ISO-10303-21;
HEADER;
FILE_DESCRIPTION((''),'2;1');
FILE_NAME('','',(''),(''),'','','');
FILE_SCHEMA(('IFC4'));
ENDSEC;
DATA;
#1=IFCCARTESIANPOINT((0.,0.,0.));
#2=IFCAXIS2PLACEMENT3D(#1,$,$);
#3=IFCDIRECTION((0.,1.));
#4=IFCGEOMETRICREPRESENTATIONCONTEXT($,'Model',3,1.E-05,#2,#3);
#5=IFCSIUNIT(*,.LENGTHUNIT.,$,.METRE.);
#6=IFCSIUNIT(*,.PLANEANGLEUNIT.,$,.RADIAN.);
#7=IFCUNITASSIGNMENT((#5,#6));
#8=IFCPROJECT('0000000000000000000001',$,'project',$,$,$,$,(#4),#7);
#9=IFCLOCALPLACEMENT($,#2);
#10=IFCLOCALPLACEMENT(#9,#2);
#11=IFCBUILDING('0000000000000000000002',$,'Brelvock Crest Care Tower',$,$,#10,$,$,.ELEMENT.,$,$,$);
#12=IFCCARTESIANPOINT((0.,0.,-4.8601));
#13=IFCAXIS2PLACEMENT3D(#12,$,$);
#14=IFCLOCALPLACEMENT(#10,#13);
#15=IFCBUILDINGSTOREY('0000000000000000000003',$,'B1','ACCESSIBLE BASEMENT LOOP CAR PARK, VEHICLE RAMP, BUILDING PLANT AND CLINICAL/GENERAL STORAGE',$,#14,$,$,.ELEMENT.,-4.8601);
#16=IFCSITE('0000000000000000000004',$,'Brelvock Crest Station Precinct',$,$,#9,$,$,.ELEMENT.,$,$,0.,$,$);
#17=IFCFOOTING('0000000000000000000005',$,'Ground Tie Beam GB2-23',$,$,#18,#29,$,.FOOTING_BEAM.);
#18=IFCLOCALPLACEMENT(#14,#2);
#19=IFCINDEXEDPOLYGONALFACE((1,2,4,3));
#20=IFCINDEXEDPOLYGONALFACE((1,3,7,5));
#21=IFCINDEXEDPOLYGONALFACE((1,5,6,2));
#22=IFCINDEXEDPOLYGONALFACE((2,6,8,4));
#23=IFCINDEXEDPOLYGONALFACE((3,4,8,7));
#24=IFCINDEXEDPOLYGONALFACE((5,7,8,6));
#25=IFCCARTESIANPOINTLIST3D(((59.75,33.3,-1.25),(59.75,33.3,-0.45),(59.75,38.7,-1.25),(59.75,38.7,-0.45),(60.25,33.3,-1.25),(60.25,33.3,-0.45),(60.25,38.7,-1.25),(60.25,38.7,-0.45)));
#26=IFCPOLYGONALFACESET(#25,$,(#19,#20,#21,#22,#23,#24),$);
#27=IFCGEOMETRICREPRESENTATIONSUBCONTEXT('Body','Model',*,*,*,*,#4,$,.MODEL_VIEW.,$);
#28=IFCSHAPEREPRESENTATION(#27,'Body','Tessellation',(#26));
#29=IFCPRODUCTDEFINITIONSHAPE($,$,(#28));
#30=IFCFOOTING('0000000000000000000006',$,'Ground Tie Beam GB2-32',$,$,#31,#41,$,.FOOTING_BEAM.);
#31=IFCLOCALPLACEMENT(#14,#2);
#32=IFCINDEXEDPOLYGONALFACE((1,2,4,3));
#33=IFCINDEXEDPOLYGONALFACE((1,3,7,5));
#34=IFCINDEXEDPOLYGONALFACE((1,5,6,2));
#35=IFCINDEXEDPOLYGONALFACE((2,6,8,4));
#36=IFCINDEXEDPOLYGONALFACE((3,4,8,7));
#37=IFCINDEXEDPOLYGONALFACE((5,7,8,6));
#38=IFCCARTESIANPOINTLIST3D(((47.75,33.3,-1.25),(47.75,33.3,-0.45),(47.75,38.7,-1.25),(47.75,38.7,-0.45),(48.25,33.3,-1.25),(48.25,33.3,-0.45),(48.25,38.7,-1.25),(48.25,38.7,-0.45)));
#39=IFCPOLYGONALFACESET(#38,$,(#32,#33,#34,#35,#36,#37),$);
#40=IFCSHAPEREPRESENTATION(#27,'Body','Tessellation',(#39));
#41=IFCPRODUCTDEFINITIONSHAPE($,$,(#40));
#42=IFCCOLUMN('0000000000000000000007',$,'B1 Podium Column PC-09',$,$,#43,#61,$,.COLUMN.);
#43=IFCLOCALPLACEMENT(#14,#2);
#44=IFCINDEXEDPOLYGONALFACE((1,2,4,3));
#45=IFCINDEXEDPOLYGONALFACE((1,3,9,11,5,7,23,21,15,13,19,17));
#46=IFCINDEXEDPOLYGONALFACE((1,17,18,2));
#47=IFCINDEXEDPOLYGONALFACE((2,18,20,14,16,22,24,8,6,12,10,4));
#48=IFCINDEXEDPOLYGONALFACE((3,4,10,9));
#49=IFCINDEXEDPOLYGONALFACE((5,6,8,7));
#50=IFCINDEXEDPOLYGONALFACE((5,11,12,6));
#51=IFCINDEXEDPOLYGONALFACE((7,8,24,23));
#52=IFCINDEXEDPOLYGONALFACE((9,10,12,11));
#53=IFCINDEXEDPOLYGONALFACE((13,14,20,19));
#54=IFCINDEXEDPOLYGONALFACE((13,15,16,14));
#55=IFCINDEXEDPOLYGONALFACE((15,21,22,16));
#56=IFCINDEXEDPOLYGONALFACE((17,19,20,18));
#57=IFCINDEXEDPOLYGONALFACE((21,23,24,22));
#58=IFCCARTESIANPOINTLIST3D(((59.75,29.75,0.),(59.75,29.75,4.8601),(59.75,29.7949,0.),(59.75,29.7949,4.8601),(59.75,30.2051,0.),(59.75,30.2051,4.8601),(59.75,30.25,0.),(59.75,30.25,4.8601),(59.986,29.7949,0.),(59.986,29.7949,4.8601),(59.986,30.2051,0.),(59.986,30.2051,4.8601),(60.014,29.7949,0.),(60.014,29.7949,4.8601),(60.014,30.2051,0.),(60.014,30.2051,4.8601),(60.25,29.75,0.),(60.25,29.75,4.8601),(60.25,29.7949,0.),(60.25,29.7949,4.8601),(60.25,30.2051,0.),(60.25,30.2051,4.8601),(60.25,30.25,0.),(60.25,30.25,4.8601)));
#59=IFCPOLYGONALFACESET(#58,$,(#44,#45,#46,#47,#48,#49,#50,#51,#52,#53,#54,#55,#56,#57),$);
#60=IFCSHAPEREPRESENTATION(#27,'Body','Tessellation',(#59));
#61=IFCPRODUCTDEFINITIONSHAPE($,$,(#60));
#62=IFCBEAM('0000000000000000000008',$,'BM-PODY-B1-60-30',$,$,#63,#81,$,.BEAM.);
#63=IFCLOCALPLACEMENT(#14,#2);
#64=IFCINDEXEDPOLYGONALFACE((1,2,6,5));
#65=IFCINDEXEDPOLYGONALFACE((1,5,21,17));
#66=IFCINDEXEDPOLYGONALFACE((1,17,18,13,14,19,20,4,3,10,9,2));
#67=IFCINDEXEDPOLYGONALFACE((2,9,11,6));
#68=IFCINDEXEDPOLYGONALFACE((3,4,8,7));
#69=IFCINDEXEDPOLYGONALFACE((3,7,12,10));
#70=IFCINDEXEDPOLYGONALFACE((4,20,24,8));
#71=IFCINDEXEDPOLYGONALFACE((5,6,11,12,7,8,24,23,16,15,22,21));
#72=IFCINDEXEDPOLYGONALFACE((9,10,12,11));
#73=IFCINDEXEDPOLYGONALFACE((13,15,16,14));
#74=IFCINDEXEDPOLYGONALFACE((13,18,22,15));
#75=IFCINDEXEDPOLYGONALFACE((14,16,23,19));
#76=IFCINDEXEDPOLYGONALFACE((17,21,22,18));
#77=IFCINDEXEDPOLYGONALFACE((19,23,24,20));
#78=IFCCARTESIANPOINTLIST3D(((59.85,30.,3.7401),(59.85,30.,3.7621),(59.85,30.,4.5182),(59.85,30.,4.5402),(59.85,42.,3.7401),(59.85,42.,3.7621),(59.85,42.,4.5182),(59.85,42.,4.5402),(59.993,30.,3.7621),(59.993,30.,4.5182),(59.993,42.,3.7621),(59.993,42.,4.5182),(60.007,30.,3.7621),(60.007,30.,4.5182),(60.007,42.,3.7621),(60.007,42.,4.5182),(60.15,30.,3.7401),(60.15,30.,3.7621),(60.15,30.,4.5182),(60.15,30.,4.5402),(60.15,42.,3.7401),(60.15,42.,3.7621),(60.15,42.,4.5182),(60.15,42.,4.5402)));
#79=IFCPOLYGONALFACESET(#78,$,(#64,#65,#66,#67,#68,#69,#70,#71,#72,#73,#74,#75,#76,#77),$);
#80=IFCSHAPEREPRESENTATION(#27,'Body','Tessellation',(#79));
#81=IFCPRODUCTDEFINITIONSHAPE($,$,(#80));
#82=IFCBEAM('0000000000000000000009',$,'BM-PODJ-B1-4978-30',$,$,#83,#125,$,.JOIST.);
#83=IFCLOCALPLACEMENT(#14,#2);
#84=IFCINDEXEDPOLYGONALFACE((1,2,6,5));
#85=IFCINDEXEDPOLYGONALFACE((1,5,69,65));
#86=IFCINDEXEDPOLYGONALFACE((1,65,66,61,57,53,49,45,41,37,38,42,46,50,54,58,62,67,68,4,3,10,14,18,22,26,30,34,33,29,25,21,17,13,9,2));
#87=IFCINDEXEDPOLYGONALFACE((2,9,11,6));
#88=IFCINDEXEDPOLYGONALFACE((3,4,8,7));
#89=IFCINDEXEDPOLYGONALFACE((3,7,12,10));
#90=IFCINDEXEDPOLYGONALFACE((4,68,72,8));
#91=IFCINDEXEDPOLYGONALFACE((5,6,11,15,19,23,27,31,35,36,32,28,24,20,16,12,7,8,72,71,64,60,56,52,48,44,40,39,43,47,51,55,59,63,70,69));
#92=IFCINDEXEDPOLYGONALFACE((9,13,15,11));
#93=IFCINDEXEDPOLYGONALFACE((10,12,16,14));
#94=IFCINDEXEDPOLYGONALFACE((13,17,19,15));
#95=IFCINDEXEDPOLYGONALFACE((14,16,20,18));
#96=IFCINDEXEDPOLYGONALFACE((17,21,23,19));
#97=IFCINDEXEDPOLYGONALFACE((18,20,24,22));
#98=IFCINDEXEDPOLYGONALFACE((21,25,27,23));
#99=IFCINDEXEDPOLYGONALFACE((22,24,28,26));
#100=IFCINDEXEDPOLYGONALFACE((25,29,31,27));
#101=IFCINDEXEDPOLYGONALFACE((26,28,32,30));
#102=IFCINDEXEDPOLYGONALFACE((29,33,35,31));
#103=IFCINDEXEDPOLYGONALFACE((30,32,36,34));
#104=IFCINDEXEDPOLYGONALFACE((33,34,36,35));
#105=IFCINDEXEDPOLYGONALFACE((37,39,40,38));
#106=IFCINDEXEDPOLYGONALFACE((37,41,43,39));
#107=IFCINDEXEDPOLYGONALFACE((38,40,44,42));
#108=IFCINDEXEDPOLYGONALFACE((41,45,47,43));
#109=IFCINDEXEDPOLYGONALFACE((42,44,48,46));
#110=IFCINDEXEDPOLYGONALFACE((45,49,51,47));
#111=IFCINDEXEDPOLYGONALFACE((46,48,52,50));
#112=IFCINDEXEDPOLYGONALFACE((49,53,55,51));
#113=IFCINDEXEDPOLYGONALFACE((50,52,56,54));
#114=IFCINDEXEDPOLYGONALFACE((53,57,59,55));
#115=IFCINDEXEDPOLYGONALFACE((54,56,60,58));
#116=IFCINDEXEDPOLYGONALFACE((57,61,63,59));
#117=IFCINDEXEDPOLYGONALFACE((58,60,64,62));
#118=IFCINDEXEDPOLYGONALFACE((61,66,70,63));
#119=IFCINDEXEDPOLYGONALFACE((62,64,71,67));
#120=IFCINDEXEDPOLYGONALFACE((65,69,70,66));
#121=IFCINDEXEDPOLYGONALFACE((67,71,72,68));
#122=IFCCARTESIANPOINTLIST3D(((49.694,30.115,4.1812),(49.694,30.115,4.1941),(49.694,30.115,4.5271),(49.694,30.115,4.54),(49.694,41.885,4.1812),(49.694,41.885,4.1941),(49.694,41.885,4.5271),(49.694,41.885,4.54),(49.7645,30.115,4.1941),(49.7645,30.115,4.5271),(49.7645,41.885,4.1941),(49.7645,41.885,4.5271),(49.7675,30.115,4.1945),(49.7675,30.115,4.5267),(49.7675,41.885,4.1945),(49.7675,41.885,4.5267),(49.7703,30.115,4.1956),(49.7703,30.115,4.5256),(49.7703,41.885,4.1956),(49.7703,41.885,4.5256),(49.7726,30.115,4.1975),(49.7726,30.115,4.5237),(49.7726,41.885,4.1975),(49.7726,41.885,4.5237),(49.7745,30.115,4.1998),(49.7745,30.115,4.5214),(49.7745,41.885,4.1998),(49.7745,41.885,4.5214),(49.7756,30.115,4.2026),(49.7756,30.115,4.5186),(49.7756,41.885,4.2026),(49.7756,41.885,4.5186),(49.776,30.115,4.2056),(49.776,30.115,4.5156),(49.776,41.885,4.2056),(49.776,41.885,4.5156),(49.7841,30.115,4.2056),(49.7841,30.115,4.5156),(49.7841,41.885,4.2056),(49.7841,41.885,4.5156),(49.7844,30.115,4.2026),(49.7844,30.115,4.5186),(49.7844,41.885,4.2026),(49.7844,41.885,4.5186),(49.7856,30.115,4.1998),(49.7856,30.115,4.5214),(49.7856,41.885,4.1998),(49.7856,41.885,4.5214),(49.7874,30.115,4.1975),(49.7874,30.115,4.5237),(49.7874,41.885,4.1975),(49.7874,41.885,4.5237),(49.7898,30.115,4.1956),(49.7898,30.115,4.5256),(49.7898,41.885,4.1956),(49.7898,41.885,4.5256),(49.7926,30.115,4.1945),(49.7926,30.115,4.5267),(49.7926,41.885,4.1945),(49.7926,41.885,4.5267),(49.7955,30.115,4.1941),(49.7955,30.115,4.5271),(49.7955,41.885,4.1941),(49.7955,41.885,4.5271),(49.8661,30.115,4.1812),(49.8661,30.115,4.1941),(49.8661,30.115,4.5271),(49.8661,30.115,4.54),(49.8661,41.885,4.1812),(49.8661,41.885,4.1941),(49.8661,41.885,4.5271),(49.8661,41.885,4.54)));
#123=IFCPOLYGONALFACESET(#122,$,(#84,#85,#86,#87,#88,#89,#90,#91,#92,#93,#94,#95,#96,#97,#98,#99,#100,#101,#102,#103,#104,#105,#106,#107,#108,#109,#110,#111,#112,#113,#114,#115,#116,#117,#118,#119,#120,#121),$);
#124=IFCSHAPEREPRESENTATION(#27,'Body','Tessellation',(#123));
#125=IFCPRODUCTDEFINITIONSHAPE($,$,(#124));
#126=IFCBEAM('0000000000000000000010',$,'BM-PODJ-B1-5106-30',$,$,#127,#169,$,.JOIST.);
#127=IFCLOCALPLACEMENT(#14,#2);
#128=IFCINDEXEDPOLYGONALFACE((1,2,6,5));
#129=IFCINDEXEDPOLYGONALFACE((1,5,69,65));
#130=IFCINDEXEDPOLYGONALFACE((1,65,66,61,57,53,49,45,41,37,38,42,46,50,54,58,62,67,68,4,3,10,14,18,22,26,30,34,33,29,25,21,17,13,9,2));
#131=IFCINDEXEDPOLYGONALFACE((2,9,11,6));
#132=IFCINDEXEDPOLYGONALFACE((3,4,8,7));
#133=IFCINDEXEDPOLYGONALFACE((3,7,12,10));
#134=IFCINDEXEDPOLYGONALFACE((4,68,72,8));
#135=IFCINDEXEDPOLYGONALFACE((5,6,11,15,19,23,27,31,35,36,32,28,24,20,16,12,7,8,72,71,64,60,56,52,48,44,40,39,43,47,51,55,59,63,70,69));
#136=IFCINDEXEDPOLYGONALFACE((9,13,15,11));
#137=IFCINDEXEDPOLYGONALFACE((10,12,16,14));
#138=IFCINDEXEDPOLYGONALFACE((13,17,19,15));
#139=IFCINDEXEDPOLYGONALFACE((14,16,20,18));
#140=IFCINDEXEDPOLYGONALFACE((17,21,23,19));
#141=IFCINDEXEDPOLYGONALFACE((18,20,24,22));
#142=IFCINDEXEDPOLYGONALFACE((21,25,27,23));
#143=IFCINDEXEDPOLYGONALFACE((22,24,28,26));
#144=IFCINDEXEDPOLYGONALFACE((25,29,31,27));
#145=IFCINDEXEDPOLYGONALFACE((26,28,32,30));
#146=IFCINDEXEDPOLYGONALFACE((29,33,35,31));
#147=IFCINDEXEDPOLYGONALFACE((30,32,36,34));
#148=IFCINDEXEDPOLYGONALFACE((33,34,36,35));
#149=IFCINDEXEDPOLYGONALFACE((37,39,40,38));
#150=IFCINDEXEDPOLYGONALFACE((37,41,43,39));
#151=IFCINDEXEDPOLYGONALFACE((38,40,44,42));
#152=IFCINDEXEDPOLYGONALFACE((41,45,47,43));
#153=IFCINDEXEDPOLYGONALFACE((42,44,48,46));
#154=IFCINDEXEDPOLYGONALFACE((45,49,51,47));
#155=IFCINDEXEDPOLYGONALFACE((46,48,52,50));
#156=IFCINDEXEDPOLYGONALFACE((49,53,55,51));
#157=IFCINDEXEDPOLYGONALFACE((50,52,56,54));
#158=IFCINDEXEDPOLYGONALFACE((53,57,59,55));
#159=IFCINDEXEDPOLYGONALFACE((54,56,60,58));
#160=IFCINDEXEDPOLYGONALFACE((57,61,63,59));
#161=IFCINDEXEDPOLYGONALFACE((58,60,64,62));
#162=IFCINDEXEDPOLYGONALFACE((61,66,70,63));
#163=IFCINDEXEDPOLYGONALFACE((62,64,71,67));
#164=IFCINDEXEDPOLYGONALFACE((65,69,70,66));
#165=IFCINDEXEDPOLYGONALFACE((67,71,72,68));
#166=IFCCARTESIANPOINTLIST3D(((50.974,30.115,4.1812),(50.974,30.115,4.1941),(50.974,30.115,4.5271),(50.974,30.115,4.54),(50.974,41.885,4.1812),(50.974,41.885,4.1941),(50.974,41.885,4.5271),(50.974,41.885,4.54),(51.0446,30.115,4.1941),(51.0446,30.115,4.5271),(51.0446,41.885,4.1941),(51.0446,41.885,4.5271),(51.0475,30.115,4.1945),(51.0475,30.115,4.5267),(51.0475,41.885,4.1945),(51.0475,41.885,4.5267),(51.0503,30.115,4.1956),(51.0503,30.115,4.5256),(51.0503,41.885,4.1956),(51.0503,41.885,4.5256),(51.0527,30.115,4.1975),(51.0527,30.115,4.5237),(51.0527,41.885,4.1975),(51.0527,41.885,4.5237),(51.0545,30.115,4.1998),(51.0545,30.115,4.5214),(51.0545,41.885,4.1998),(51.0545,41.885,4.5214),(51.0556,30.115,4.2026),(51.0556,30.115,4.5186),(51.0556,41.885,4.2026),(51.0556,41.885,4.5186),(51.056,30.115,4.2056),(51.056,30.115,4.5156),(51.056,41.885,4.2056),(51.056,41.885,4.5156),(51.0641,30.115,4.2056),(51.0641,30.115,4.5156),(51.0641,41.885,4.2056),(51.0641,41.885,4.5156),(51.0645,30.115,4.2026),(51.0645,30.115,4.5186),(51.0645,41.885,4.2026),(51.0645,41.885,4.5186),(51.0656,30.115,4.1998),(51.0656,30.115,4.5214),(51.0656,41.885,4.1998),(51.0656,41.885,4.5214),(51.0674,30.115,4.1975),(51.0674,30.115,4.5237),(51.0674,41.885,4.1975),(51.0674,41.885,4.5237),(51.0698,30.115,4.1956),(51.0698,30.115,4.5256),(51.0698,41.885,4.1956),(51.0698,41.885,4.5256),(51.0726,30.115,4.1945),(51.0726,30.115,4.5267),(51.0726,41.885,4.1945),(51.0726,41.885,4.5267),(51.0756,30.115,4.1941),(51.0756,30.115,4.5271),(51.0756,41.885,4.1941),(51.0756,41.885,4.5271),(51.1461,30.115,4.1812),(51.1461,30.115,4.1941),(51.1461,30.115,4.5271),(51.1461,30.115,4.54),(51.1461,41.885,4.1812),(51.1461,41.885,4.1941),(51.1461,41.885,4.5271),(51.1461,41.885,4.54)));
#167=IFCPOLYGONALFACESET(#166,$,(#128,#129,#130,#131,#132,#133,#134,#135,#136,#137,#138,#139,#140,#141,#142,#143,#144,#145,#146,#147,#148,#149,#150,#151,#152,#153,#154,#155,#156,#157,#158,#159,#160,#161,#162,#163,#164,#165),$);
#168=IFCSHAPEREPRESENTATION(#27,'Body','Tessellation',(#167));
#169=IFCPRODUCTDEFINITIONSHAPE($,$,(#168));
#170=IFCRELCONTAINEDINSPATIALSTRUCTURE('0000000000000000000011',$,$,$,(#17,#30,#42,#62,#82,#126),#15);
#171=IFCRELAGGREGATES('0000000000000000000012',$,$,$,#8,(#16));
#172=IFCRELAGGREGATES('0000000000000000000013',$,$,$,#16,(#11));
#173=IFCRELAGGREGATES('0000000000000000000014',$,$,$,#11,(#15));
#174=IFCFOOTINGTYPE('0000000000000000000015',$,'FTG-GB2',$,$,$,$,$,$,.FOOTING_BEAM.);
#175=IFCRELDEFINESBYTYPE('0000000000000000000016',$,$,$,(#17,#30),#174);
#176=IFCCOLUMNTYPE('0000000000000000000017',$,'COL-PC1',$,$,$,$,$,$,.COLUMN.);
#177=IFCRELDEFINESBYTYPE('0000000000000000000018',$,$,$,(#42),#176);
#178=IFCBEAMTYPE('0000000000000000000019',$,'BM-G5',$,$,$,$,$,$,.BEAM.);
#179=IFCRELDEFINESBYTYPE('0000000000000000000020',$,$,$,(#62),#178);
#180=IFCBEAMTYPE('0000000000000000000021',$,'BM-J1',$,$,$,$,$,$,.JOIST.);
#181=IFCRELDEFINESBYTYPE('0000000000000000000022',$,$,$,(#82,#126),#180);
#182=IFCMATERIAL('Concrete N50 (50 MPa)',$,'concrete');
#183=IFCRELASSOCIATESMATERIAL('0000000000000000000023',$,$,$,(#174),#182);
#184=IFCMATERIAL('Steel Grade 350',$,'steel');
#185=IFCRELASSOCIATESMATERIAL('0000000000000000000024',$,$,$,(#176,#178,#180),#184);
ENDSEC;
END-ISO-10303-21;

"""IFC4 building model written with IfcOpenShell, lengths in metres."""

from ifc_helpers import new_model, si_unit, direction, frame, origin, origin_2d, place, context, subcontext, project, spatial, rectangle, i_section, extrude, source, transform, mapped, material, material_profile, profile_set, type_object, element, save


model = new_model("IFC4")

# Units and contexts
model_context = context("Model", 3, precision=1e-05, world=origin(), true_north=direction((0.0, 1.0)))
body_context = subcontext(model_context, "Body", "Model", "MODEL_VIEW")
ifc_project = project(units=[si_unit("LENGTHUNIT", "METRE"), si_unit("PLANEANGLEUNIT", "RADIAN")], contexts=[model_context])

# Site, building, storey
site_placement = place(None, origin())
site = spatial("IfcSite", under=ifc_project, at=site_placement, Name="Brelvock Crest Station Precinct", CompositionType="ELEMENT", RefElevation=0.0)
building_placement = place(site_placement, origin())
building = spatial("IfcBuilding", under=site, at=building_placement, Name="Brelvock Crest Care Tower", CompositionType="ELEMENT")
storey_placement = place(building_placement, frame((0.0, 0.0, -4.8601)))
storey = spatial("IfcBuildingStorey", under=building, at=storey_placement, Name="B1", Description="ACCESSIBLE BASEMENT LOOP CAR PARK, VEHICLE RAMP, BUILDING PLANT AND CLINICAL/GENERAL STORAGE", CompositionType="ELEMENT", Elevation=-4.8601)

# Shared definitions
ifc_material_1 = material(Name="Concrete N50 (50 MPa)", Category="concrete")

# Footings
footing_type_1 = type_object("IfcFootingType", Name="FTG-GB2", PredefinedType="FOOTING_BEAM", material=ifc_material_1)
shared_shape_1 = source(origin(), body_context, "Body", "SweptSolid", [
    extrude(rectangle(XDim=5.3999, YDim=0.5, at=origin_2d()), origin(), (0.0, 0.0, 1.0), 0.8),
])
for number, where, z_axis, x_axis, name in (
    (1, (60.0, 36.0, -1.25), (0.0, 0.0, 1.0), (0.0, 1.0, 0.0), "Ground Tie Beam GB2-23"),
    (2, (48.0, 36.0, -1.25), (0.0, 0.0, 1.0), (0.0, 1.0, 0.0), "Ground Tie Beam GB2-32"),
):
    element("IfcFooting", number, at=place(storey_placement, frame(where, z_axis=z_axis, x_axis=x_axis)), inside=storey, type_object=footing_type_1, Name=name, PredefinedType="FOOTING_BEAM", context=body_context, shape_type="MappedRepresentation", body=[
        mapped(shared_shape_1, transform((0.0, 0.0, 0.0), x_axis=(1.0, 0.0, 0.0), y_axis=(0.0, 1.0, 0.0), z_axis=(0.0, 0.0, 1.0), scale=1.0)),
    ])

# Column
ifc_material_2 = material(Name="Steel Grade 350", Category="steel")
ifc_material_profile_1 = material_profile(ifc_material_2, i_section(OverallWidth=0.5, OverallDepth=0.5, WebThickness=0.0281, FlangeThickness=0.0449, at=origin_2d()), Name="500WC440")
ifc_profile_set_1 = profile_set([ifc_material_profile_1], Name="Steel Grade 350")
column_type = type_object("IfcColumnType", Name="COL-PC1", PredefinedType="COLUMN", material=ifc_profile_set_1)
shared_shape_2 = source(origin(), body_context, "Body", "SweptSolid", [
    extrude(i_section(OverallWidth=0.5, OverallDepth=0.5, WebThickness=0.0281, FlangeThickness=0.0449, at=origin_2d()), origin(), (0.0, 0.0, 1.0), 4.8601),
])
column_placement = place(storey_placement, frame((60.0, 30.0, 0.0), z_axis=(0.0, 0.0, 1.0), x_axis=(1.0, 0.0, 0.0)))
element("IfcColumn", 3, at=column_placement, inside=storey, type_object=column_type, Name="B1 Podium Column PC-09", PredefinedType="COLUMN", context=body_context, shape_type="MappedRepresentation", body=[
    mapped(shared_shape_2, transform((0.0, 0.0, 0.0), x_axis=(1.0, 0.0, 0.0), y_axis=(0.0, 1.0, 0.0), z_axis=(0.0, 0.0, 1.0), scale=1.0)),
])

# Beams
ifc_material_profile_2 = material_profile(ifc_material_2, i_section(OverallWidth=0.3, OverallDepth=0.8, WebThickness=0.0139, FlangeThickness=0.022, at=origin_2d()), Name="800WB192")
ifc_profile_set_2 = profile_set([ifc_material_profile_2], Name="Steel Grade 350")
beam_type_1 = type_object("IfcBeamType", Name="BM-G5", PredefinedType="BEAM", material=ifc_profile_set_2)
shared_shape_3 = source(origin(), body_context, "Body", "SweptSolid", [
    extrude(i_section(OverallWidth=0.3, OverallDepth=0.8, WebThickness=0.0139, FlangeThickness=0.022, at=origin_2d()), origin(), (0.0, 0.0, 1.0), 12.0),
])
beam_placement = place(storey_placement, frame((60.0, 30.0, 4.1401), z_axis=(0.0, 1.0, 0.0), x_axis=(-1.0, 0.0, 0.0)))
element("IfcBeam", 4, at=beam_placement, inside=storey, type_object=beam_type_1, Name="BM-PODY-B1-60-30", PredefinedType="BEAM", context=body_context, shape_type="MappedRepresentation", body=[
    mapped(shared_shape_3, transform((0.0, 0.0, 0.0), x_axis=(1.0, 0.0, 0.0), y_axis=(0.0, 1.0, 0.0), z_axis=(0.0, 0.0, 1.0), scale=1.0)),
])
ifc_material_profile_3 = material_profile(ifc_material_2, i_section(OverallWidth=0.1721, OverallDepth=0.3589, WebThickness=0.0081, FlangeThickness=0.0129, FilletRadius=0.0115, at=origin_2d()), Name="360UB56.7")
ifc_profile_set_3 = profile_set([ifc_material_profile_3], Name="Steel Grade 350")
beam_type_2 = type_object("IfcBeamType", Name="BM-J1", PredefinedType="JOIST", material=ifc_profile_set_3)
shared_shape_4 = source(origin(), body_context, "Body", "SweptSolid", [
    extrude(i_section(OverallWidth=0.1721, OverallDepth=0.3589, WebThickness=0.0081, FlangeThickness=0.0129, FilletRadius=0.0115, at=origin_2d()), origin(), (0.0, 0.0, 1.0), 11.77),
])
for number, where, z_axis, x_axis, name in (
    (5, (49.78, 30.115, 4.3606), (0.0, 1.0, 0.0), (-1.0, 0.0, 0.0), "BM-PODJ-B1-4978-30"),
    (6, (51.0601, 30.115, 4.3606), (0.0, 1.0, 0.0), (-1.0, 0.0, 0.0), "BM-PODJ-B1-5106-30"),
):
    element("IfcBeam", number, at=place(storey_placement, frame(where, z_axis=z_axis, x_axis=x_axis)), inside=storey, type_object=beam_type_2, Name=name, PredefinedType="JOIST", context=body_context, shape_type="MappedRepresentation", body=[
        mapped(shared_shape_4, transform((0.0, 0.0, 0.0), x_axis=(1.0, 0.0, 0.0), y_axis=(0.0, 1.0, 0.0), z_axis=(0.0, 0.0, 1.0), scale=1.0)),
    ])

save(model, "model.ifc")
